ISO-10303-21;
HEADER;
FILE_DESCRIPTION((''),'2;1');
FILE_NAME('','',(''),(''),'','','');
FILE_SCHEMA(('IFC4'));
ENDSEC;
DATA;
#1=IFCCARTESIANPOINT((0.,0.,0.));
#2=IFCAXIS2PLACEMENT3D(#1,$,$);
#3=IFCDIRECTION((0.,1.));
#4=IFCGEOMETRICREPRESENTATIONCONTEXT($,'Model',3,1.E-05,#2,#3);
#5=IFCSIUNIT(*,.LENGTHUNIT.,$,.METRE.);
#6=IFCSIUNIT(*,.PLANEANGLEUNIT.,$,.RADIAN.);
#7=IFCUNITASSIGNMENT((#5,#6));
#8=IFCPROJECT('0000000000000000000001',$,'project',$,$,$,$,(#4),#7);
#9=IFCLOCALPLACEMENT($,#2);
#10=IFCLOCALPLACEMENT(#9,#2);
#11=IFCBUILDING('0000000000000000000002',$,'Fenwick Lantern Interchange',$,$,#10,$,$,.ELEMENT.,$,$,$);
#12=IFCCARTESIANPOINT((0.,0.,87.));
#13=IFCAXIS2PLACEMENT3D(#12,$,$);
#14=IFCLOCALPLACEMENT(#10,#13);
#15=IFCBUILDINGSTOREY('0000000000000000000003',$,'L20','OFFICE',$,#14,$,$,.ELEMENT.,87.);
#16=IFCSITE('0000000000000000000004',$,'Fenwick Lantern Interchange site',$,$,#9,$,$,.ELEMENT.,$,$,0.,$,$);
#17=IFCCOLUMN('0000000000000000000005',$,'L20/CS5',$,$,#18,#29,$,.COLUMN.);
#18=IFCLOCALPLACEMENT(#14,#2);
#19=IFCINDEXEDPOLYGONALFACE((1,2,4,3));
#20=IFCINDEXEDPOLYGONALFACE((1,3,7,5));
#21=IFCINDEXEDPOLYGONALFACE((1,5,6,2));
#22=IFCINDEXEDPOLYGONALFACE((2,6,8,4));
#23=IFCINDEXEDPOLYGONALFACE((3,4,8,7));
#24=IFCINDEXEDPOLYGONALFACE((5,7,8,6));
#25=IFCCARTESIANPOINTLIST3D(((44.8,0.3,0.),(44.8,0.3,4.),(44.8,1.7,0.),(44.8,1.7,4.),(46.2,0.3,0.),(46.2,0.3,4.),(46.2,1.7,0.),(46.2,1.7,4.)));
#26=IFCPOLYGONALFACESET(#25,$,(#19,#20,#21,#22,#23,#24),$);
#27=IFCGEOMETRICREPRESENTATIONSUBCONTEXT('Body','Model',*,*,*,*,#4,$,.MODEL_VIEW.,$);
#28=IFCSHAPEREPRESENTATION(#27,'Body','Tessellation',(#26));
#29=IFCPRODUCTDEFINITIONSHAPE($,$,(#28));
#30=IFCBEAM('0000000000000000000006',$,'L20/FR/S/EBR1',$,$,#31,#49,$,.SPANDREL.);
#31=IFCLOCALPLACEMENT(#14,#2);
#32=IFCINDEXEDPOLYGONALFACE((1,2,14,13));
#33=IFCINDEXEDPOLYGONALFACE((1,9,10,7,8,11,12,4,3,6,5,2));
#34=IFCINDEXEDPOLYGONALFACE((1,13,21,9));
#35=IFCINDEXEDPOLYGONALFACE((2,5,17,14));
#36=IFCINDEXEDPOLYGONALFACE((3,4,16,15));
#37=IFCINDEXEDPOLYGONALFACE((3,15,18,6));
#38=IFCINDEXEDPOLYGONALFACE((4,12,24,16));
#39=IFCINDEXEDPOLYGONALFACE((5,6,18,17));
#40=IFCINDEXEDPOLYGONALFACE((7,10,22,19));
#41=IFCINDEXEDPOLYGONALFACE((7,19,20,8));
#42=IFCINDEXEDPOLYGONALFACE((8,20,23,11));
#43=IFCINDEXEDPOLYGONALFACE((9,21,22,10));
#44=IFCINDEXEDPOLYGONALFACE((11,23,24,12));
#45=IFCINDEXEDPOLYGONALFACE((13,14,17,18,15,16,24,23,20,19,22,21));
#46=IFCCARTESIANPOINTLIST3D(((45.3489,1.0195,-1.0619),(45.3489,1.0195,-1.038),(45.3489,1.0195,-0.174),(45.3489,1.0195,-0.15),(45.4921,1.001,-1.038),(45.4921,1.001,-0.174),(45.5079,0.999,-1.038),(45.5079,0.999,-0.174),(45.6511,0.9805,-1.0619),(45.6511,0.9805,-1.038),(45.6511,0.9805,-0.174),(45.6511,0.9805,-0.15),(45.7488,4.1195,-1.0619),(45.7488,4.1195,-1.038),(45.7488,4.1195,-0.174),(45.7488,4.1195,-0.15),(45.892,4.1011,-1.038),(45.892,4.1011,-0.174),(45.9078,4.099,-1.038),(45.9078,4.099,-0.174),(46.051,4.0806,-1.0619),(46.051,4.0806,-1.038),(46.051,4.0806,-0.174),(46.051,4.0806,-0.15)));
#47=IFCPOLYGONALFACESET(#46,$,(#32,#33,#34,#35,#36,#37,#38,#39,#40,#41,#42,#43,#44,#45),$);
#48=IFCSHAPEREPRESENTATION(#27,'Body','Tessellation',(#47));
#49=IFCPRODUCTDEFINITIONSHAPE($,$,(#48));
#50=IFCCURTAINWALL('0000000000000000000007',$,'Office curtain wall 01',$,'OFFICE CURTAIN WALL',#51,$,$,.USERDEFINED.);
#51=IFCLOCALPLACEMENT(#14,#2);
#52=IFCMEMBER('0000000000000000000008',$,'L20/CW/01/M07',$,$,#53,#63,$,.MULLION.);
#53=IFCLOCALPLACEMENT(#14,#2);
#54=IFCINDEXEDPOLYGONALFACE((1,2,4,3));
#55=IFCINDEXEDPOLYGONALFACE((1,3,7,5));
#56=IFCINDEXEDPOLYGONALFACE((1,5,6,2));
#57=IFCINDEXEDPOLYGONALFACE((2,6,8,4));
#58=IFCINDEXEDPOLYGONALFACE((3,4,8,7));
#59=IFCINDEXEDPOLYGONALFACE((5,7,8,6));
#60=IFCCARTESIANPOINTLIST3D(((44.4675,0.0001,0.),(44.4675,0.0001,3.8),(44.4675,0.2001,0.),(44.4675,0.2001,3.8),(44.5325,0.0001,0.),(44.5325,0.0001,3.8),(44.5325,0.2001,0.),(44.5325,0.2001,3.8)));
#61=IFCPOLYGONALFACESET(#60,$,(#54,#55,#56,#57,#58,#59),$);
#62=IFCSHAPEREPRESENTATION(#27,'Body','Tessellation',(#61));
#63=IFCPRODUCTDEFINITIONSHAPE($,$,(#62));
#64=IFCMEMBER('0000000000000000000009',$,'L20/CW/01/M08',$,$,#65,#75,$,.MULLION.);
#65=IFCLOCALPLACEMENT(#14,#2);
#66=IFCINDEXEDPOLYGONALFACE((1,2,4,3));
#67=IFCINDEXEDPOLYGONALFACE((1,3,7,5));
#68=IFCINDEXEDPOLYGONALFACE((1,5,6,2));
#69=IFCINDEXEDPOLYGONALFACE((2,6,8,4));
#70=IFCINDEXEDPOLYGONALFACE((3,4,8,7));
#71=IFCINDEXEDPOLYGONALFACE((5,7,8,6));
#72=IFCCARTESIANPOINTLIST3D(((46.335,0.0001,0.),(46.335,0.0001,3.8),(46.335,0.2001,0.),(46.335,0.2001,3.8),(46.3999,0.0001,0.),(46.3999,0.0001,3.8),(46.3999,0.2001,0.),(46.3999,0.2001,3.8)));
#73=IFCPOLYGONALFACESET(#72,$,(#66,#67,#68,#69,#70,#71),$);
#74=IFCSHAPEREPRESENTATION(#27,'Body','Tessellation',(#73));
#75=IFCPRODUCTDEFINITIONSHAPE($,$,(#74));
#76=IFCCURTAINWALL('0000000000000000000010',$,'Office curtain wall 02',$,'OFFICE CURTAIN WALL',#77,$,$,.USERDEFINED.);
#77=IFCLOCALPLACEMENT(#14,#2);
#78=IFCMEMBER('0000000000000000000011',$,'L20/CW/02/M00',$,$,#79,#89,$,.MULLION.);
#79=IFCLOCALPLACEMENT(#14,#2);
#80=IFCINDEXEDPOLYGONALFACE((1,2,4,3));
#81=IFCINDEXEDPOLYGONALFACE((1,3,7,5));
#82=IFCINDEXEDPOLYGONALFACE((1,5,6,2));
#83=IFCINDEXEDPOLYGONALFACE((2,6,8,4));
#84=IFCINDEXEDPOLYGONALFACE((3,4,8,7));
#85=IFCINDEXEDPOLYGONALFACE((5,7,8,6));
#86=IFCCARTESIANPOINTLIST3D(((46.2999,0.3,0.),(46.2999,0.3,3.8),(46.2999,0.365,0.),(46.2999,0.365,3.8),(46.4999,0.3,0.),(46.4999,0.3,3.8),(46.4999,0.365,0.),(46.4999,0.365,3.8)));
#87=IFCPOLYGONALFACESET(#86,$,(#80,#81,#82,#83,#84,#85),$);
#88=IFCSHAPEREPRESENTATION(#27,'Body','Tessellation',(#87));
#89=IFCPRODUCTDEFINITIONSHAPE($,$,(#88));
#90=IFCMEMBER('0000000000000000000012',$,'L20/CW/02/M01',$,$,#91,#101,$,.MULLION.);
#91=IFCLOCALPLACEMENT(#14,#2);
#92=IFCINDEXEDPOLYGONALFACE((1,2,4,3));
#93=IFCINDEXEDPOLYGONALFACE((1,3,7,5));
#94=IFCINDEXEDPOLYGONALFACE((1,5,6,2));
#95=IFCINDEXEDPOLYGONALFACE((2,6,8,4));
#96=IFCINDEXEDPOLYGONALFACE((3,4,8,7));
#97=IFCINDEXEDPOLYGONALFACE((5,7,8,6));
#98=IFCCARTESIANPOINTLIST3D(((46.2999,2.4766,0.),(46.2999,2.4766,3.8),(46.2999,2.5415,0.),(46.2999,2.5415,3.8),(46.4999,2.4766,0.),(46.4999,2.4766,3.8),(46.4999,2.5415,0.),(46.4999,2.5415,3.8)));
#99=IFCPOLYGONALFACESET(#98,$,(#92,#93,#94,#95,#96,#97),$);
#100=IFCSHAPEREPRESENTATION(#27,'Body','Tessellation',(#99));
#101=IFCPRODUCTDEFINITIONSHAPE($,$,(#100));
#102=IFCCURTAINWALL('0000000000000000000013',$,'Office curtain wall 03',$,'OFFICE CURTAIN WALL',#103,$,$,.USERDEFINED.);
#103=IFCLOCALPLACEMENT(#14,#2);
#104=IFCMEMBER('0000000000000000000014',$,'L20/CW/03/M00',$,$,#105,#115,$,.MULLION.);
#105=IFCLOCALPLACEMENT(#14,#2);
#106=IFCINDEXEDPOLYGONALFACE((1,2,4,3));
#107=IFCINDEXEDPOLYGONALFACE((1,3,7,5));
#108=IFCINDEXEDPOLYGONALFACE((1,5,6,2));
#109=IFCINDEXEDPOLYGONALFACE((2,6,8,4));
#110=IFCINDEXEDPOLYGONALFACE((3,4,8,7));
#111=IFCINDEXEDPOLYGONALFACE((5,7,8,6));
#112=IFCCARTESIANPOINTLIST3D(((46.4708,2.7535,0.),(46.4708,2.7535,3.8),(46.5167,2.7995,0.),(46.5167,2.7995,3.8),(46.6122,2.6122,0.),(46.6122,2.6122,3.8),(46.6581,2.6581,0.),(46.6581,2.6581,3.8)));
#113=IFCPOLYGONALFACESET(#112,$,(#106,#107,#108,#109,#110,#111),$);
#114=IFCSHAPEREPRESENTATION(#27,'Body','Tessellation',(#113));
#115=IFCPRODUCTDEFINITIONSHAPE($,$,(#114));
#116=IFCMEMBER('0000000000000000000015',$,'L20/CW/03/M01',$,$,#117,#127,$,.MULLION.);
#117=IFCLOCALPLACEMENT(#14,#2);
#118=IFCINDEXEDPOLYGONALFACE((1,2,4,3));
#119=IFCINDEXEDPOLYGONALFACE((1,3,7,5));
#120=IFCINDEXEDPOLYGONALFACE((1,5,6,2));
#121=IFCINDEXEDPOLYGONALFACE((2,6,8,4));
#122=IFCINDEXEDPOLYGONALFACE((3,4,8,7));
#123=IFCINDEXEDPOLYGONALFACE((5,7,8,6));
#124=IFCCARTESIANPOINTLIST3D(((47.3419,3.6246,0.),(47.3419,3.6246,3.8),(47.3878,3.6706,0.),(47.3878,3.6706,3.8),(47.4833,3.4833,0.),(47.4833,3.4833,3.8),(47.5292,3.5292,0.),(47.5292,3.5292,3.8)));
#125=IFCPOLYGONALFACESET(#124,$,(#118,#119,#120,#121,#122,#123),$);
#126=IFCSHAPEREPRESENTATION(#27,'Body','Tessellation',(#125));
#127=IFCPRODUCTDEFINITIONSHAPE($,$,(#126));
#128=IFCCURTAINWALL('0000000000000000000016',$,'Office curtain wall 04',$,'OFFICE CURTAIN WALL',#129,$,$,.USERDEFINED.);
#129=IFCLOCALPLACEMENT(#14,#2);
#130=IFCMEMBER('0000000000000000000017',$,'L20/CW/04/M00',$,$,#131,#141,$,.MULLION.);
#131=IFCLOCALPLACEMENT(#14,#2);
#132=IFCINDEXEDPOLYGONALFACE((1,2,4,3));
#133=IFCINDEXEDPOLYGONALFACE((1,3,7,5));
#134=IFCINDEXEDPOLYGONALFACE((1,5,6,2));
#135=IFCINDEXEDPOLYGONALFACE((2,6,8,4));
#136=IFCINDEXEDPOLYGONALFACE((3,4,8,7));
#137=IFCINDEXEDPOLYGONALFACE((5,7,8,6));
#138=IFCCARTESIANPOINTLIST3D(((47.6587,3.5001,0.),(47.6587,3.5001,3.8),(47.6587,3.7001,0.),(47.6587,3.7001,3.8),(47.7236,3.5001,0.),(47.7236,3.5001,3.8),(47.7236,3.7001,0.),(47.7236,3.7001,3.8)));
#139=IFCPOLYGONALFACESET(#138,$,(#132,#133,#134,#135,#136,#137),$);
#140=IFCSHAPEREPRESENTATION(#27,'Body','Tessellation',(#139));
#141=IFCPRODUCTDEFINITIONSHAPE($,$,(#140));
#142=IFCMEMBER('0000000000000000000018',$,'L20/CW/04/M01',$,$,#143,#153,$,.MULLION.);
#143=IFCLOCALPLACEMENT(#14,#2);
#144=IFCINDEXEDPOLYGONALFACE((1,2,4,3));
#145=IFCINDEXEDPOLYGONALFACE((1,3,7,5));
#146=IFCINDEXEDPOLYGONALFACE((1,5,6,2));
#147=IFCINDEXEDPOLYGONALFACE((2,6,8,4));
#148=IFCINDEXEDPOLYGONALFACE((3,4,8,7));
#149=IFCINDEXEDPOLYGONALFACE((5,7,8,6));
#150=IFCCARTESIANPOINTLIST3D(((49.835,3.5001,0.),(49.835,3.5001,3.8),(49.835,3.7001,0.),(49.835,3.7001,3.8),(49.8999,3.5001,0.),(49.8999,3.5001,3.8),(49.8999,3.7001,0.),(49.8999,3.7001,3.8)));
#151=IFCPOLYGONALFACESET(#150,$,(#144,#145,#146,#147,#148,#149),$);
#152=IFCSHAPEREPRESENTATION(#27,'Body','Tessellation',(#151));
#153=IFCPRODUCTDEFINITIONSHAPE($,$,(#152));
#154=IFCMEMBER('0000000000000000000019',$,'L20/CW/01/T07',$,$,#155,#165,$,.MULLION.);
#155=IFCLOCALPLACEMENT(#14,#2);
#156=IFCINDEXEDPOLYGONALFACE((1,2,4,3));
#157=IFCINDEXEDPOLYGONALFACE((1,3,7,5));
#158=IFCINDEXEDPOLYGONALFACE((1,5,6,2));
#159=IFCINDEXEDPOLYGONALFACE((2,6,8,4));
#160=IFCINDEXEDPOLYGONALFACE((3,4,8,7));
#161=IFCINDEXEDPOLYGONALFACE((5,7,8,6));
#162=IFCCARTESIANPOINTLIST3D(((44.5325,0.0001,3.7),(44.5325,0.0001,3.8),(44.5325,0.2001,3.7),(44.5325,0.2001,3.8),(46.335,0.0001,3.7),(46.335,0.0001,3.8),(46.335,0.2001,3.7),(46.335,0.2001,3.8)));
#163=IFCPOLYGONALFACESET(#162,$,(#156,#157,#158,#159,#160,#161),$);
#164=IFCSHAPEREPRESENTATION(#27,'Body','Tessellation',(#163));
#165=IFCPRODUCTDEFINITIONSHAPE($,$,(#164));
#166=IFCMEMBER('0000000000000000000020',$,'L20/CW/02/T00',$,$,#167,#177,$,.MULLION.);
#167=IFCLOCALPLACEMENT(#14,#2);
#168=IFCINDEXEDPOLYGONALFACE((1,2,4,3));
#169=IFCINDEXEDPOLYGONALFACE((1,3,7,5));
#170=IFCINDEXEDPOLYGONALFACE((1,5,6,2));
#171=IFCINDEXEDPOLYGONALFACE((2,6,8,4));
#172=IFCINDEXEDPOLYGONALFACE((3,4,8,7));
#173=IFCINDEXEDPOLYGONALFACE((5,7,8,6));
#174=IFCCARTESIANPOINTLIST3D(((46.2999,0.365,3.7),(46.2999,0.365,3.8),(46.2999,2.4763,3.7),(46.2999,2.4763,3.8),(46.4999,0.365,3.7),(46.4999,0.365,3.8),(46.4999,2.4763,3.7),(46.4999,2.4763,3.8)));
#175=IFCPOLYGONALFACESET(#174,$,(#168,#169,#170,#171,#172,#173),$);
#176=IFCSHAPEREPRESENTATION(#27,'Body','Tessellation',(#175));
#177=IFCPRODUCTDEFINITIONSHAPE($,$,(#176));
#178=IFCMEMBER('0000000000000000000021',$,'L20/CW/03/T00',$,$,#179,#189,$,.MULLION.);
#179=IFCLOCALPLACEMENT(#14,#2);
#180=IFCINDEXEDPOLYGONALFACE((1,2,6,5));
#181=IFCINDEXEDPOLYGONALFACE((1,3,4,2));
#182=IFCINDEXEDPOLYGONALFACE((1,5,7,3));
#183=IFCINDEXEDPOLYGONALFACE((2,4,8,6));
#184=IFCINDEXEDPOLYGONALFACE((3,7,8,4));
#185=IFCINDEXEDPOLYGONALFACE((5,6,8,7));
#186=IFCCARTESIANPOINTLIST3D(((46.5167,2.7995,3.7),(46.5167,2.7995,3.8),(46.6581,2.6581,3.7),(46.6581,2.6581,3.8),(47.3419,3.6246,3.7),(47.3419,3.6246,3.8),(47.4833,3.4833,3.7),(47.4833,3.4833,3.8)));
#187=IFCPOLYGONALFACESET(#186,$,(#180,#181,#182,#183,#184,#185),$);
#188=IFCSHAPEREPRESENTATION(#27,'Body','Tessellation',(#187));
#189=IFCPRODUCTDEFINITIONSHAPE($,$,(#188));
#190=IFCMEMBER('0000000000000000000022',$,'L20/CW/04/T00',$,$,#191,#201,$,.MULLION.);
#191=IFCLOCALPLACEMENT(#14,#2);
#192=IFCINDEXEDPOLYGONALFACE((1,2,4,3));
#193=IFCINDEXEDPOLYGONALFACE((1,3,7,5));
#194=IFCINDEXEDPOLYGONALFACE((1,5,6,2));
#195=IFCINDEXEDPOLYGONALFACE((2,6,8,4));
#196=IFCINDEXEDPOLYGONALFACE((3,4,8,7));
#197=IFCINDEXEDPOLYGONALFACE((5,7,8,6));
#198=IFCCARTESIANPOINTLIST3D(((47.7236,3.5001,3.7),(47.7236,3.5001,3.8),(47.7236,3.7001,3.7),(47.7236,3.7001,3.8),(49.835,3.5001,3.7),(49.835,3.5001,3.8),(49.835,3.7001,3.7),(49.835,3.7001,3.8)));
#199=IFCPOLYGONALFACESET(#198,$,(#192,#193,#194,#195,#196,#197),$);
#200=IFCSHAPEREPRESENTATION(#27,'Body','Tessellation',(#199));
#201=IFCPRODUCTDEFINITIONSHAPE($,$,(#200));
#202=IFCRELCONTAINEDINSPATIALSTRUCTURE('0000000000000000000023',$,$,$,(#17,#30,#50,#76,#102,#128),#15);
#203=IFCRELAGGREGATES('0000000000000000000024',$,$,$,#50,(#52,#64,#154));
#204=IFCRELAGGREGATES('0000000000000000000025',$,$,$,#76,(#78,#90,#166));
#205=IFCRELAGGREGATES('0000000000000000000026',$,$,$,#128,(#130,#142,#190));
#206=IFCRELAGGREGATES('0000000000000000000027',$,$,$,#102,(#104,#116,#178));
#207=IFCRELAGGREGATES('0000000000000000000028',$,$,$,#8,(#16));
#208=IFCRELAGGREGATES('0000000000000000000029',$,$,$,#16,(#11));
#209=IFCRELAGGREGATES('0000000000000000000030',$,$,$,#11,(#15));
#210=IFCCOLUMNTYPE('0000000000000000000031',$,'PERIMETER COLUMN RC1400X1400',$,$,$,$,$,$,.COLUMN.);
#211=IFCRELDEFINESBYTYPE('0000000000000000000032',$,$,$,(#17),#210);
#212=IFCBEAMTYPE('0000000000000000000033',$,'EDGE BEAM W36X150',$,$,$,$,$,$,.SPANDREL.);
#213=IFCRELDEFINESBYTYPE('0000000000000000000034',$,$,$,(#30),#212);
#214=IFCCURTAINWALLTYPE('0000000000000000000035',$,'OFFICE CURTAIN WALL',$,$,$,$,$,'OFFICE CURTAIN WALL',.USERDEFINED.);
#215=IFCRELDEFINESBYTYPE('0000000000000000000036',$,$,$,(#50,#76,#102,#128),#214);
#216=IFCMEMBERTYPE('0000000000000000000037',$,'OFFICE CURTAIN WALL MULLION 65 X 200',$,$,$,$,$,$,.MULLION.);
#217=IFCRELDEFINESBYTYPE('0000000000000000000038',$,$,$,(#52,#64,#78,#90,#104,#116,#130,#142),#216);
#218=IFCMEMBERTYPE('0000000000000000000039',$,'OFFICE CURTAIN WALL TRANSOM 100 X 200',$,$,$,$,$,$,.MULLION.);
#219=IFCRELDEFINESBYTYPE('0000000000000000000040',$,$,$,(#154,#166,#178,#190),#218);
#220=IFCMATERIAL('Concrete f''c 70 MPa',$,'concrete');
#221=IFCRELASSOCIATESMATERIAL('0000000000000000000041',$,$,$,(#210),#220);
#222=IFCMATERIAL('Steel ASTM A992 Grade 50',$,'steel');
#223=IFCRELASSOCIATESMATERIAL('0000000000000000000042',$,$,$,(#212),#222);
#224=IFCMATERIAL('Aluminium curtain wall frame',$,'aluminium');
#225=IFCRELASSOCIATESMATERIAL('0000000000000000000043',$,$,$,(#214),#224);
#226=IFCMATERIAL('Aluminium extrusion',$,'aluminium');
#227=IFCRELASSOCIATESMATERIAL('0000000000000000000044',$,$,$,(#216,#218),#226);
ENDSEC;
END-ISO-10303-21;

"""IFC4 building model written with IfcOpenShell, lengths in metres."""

from ifc_helpers import new_model, si_unit, direction, frame, origin, origin_2d, place, context, subcontext, project, spatial, rectangle, i_section, extrude, material, material_profile, profile_set, type_object, element, aggregate, save


model = new_model("IFC4")

# Units and contexts
model_context = context("Model", 3, precision=1e-05, world=origin(), true_north=direction((0.0, 1.0)))
body_context = subcontext(model_context, "Body", "Model", "MODEL_VIEW")
ifc_project = project(units=[si_unit("LENGTHUNIT", "METRE"), si_unit("PLANEANGLEUNIT", "RADIAN")], contexts=[model_context])

# Site, building, storey
site_placement = place(None, origin())
site = spatial("IfcSite", under=ifc_project, at=site_placement, Name="Fenwick Lantern Interchange site", CompositionType="ELEMENT", RefElevation=0.0)
building_placement = place(site_placement, origin())
building = spatial("IfcBuilding", under=site, at=building_placement, Name="Fenwick Lantern Interchange", CompositionType="ELEMENT")
storey_placement = place(building_placement, frame((0.0, 0.0, 87.0)))
storey = spatial("IfcBuildingStorey", under=building, at=storey_placement, Name="L20", Description="OFFICE", CompositionType="ELEMENT", Elevation=87.0)

# Column
ifc_material_1 = material(Name="Concrete f'c 70 MPa", Category="concrete")
ifc_material_profile_1 = material_profile(ifc_material_1, rectangle(XDim=1.3999, YDim=1.3999, at=origin_2d()), Name="RC1400X1400")
ifc_profile_set_1 = profile_set([ifc_material_profile_1], Name="Concrete f'c 70 MPa")
column_type = type_object("IfcColumnType", Name="PERIMETER COLUMN RC1400X1400", PredefinedType="COLUMN", material=ifc_profile_set_1)
column_placement = place(storey_placement, frame((45.5, 1.0, 0.0), z_axis=(0.0, 0.0, 1.0), x_axis=(1.0, 0.0, 0.0)))
element("IfcColumn", 1, at=column_placement, inside=storey, type_object=column_type, Name="L20/CS5", PredefinedType="COLUMN", context=body_context, shape_type="SweptSolid", body=[
    extrude(rectangle(XDim=1.3999, YDim=1.3999, at=origin_2d()), origin(), (0.0, 0.0, 1.0), 4.0),
])

# Beam
ifc_material_2 = material(Name="Steel ASTM A992 Grade 50", Category="steel")
ifc_material_profile_2 = material_profile(ifc_material_2, i_section(OverallWidth=0.3047, OverallDepth=0.9119, WebThickness=0.0159, FlangeThickness=0.0239, at=origin_2d()), Name="W36X150")
ifc_profile_set_2 = profile_set([ifc_material_profile_2], Name="Steel ASTM A992 Grade 50")
beam_type = type_object("IfcBeamType", Name="EDGE BEAM W36X150", PredefinedType="SPANDREL", material=ifc_profile_set_2)
beam_placement = place(storey_placement, frame((45.5, 1.0, -0.606), z_axis=(0.127937, 0.991782, 0.0), x_axis=(-0.991782, 0.127937, 0.0)))
element("IfcBeam", 2, at=beam_placement, inside=storey, type_object=beam_type, Name="L20/FR/S/EBR1", PredefinedType="SPANDREL", context=body_context, shape_type="SweptSolid", body=[
    extrude(i_section(OverallWidth=0.3047, OverallDepth=0.9119, WebThickness=0.0159, FlangeThickness=0.0239, at=origin_2d()), origin(), (0.0, 0.0, 1.0), 3.1257),
])

# Curtain walls, members
ifc_material_3 = material(Name="Aluminium curtain wall frame", Category="aluminium")
curtain_wall_type = type_object("IfcCurtainWallType", Name="OFFICE CURTAIN WALL", ElementType="OFFICE CURTAIN WALL", PredefinedType="USERDEFINED", material=ifc_material_3)
curtain_wall_1_placement = place(storey_placement, origin())
curtain_wall_1 = element("IfcCurtainWall", 3, at=curtain_wall_1_placement, inside=storey, type_object=curtain_wall_type, Name="Office curtain wall 01", ObjectType="OFFICE CURTAIN WALL", PredefinedType="USERDEFINED")
ifc_material_4 = material(Name="Aluminium extrusion", Category="aluminium")
ifc_material_profile_3 = material_profile(ifc_material_4, rectangle(XDim=0.2, YDim=0.0649, at=origin_2d()), Name="OFFICE CURTAIN WALL MULLION 65 X 200")
ifc_profile_set_3 = profile_set([ifc_material_profile_3], Name="Aluminium extrusion")
member_type_1 = type_object("IfcMemberType", Name="OFFICE CURTAIN WALL MULLION 65 X 200", PredefinedType="MULLION", material=ifc_profile_set_3)
member_1_placement = place(storey_placement, frame((44.5, 0.1001, 0.0), z_axis=(0.0, 0.0, 1.0), x_axis=(0.0, 1.0, 0.0)))
member_1 = element("IfcMember", 4, at=member_1_placement, type_object=member_type_1, Name="L20/CW/01/M07", PredefinedType="MULLION", context=body_context, shape_type="SweptSolid", body=[
    extrude(rectangle(XDim=0.2, YDim=0.0649, at=origin_2d()), origin(), (0.0, 0.0, 1.0), 3.8),
])
member_2_placement = place(storey_placement, frame((46.3674, 0.1001, 0.0), z_axis=(0.0, 0.0, 1.0), x_axis=(0.0, 1.0, 0.0)))
member_2 = element("IfcMember", 5, at=member_2_placement, type_object=member_type_1, Name="L20/CW/01/M08", PredefinedType="MULLION", context=body_context, shape_type="SweptSolid", body=[
    extrude(rectangle(XDim=0.2, YDim=0.0649, at=origin_2d()), origin(), (0.0, 0.0, 1.0), 3.8),
])
curtain_wall_2_placement = place(storey_placement, origin())
curtain_wall_2 = element("IfcCurtainWall", 6, at=curtain_wall_2_placement, inside=storey, type_object=curtain_wall_type, Name="Office curtain wall 02", ObjectType="OFFICE CURTAIN WALL", PredefinedType="USERDEFINED")
member_3_placement = place(storey_placement, frame((46.3999, 0.3325, 0.0), z_axis=(0.0, 0.0, 1.0), x_axis=(-1.0, 0.0, 0.0)))
member_3 = element("IfcMember", 7, at=member_3_placement, type_object=member_type_1, Name="L20/CW/02/M00", PredefinedType="MULLION", context=body_context, shape_type="SweptSolid", body=[
    extrude(rectangle(XDim=0.2, YDim=0.0649, at=origin_2d()), origin(), (0.0, 0.0, 1.0), 3.8),
])
member_4_placement = place(storey_placement, frame((46.3999, 2.509, 0.0), z_axis=(0.0, 0.0, 1.0), x_axis=(-1.0, 0.0, 0.0)))
member_4 = element("IfcMember", 8, at=member_4_placement, type_object=member_type_1, Name="L20/CW/02/M01", PredefinedType="MULLION", context=body_context, shape_type="SweptSolid", body=[
    extrude(rectangle(XDim=0.2, YDim=0.0649, at=origin_2d()), origin(), (0.0, 0.0, 1.0), 3.8),
])
curtain_wall_3_placement = place(storey_placement, origin())
curtain_wall_3 = element("IfcCurtainWall", 9, at=curtain_wall_3_placement, inside=storey, type_object=curtain_wall_type, Name="Office curtain wall 03", ObjectType="OFFICE CURTAIN WALL", PredefinedType="USERDEFINED")
member_5_placement = place(storey_placement, frame((46.5645, 2.7058, 0.0), z_axis=(0.0, 0.0, 1.0), x_axis=(-0.707107, 0.707107, 0.0)))
member_5 = element("IfcMember", 10, at=member_5_placement, type_object=member_type_1, Name="L20/CW/03/M00", PredefinedType="MULLION", context=body_context, shape_type="SweptSolid", body=[
    extrude(rectangle(XDim=0.2, YDim=0.0649, at=origin_2d()), origin(), (0.0, 0.0, 1.0), 3.8),
])
member_6_placement = place(storey_placement, frame((47.4355, 3.5769, 0.0), z_axis=(0.0, 0.0, 1.0), x_axis=(-0.707107, 0.707107, 0.0)))
member_6 = element("IfcMember", 11, at=member_6_placement, type_object=member_type_1, Name="L20/CW/03/M01", PredefinedType="MULLION", context=body_context, shape_type="SweptSolid", body=[
    extrude(rectangle(XDim=0.2, YDim=0.0649, at=origin_2d()), origin(), (0.0, 0.0, 1.0), 3.8),
])
curtain_wall_4_placement = place(storey_placement, origin())
curtain_wall_4 = element("IfcCurtainWall", 12, at=curtain_wall_4_placement, inside=storey, type_object=curtain_wall_type, Name="Office curtain wall 04", ObjectType="OFFICE CURTAIN WALL", PredefinedType="USERDEFINED")
member_7_placement = place(storey_placement, frame((47.6912, 3.6001, 0.0), z_axis=(0.0, 0.0, 1.0), x_axis=(0.0, 1.0, 0.0)))
member_7 = element("IfcMember", 13, at=member_7_placement, type_object=member_type_1, Name="L20/CW/04/M00", PredefinedType="MULLION", context=body_context, shape_type="SweptSolid", body=[
    extrude(rectangle(XDim=0.2, YDim=0.0649, at=origin_2d()), origin(), (0.0, 0.0, 1.0), 3.8),
])
member_8_placement = place(storey_placement, frame((49.8674, 3.6001, 0.0), z_axis=(0.0, 0.0, 1.0), x_axis=(0.0, 1.0, 0.0)))
member_8 = element("IfcMember", 14, at=member_8_placement, type_object=member_type_1, Name="L20/CW/04/M01", PredefinedType="MULLION", context=body_context, shape_type="SweptSolid", body=[
    extrude(rectangle(XDim=0.2, YDim=0.0649, at=origin_2d()), origin(), (0.0, 0.0, 1.0), 3.8),
])

# Members
ifc_material_profile_4 = material_profile(ifc_material_4, rectangle(XDim=0.2, YDim=0.1001, at=origin_2d()), Name="OFFICE CURTAIN WALL TRANSOM 100 X 200")
ifc_profile_set_4 = profile_set([ifc_material_profile_4], Name="Aluminium extrusion")
member_type_2 = type_object("IfcMemberType", Name="OFFICE CURTAIN WALL TRANSOM 100 X 200", PredefinedType="MULLION", material=ifc_profile_set_4)
member_9_placement = place(storey_placement, frame((44.5325, 0.1001, 3.75), z_axis=(1.0, 0.0, 0.0), x_axis=(0.0, 1.0, 0.0)))
member_9 = element("IfcMember", 15, at=member_9_placement, type_object=member_type_2, Name="L20/CW/01/T07", PredefinedType="MULLION", context=body_context, shape_type="SweptSolid", body=[
    extrude(rectangle(XDim=0.2, YDim=0.1001, at=origin_2d()), origin(), (0.0, 0.0, 1.0), 1.8025),
])
aggregate(curtain_wall_1, [member_1, member_2, member_9])
member_10_placement = place(storey_placement, frame((46.3999, 0.365, 3.75), z_axis=(0.0, 1.0, 0.0), x_axis=(-1.0, 0.0, 0.0)))
member_10 = element("IfcMember", 16, at=member_10_placement, type_object=member_type_2, Name="L20/CW/02/T00", PredefinedType="MULLION", context=body_context, shape_type="SweptSolid", body=[
    extrude(rectangle(XDim=0.2, YDim=0.1001, at=origin_2d()), origin(), (0.0, 0.0, 1.0), 2.1113),
])
aggregate(curtain_wall_2, [member_3, member_4, member_10])
member_11_placement = place(storey_placement, frame((46.5874, 2.7288, 3.75), z_axis=(0.707107, 0.707107, 0.0), x_axis=(-0.707107, 0.707107, 0.0)))
member_11 = element("IfcMember", 17, at=member_11_placement, type_object=member_type_2, Name="L20/CW/03/T00", PredefinedType="MULLION", context=body_context, shape_type="SweptSolid", body=[
    extrude(rectangle(XDim=0.2, YDim=0.1001, at=origin_2d()), origin(), (0.0, 0.0, 1.0), 1.167),
])
member_12_placement = place(storey_placement, frame((47.7236, 3.6001, 3.75), z_axis=(1.0, 0.0, 0.0), x_axis=(0.0, 1.0, 0.0)))
member_12 = element("IfcMember", 18, at=member_12_placement, type_object=member_type_2, Name="L20/CW/04/T00", PredefinedType="MULLION", context=body_context, shape_type="SweptSolid", body=[
    extrude(rectangle(XDim=0.2, YDim=0.1001, at=origin_2d()), origin(), (0.0, 0.0, 1.0), 2.1113),
])
aggregate(curtain_wall_4, [member_7, member_8, member_12])

aggregate(curtain_wall_3, [member_5, member_6, member_11])

save(model, "model.ifc")
